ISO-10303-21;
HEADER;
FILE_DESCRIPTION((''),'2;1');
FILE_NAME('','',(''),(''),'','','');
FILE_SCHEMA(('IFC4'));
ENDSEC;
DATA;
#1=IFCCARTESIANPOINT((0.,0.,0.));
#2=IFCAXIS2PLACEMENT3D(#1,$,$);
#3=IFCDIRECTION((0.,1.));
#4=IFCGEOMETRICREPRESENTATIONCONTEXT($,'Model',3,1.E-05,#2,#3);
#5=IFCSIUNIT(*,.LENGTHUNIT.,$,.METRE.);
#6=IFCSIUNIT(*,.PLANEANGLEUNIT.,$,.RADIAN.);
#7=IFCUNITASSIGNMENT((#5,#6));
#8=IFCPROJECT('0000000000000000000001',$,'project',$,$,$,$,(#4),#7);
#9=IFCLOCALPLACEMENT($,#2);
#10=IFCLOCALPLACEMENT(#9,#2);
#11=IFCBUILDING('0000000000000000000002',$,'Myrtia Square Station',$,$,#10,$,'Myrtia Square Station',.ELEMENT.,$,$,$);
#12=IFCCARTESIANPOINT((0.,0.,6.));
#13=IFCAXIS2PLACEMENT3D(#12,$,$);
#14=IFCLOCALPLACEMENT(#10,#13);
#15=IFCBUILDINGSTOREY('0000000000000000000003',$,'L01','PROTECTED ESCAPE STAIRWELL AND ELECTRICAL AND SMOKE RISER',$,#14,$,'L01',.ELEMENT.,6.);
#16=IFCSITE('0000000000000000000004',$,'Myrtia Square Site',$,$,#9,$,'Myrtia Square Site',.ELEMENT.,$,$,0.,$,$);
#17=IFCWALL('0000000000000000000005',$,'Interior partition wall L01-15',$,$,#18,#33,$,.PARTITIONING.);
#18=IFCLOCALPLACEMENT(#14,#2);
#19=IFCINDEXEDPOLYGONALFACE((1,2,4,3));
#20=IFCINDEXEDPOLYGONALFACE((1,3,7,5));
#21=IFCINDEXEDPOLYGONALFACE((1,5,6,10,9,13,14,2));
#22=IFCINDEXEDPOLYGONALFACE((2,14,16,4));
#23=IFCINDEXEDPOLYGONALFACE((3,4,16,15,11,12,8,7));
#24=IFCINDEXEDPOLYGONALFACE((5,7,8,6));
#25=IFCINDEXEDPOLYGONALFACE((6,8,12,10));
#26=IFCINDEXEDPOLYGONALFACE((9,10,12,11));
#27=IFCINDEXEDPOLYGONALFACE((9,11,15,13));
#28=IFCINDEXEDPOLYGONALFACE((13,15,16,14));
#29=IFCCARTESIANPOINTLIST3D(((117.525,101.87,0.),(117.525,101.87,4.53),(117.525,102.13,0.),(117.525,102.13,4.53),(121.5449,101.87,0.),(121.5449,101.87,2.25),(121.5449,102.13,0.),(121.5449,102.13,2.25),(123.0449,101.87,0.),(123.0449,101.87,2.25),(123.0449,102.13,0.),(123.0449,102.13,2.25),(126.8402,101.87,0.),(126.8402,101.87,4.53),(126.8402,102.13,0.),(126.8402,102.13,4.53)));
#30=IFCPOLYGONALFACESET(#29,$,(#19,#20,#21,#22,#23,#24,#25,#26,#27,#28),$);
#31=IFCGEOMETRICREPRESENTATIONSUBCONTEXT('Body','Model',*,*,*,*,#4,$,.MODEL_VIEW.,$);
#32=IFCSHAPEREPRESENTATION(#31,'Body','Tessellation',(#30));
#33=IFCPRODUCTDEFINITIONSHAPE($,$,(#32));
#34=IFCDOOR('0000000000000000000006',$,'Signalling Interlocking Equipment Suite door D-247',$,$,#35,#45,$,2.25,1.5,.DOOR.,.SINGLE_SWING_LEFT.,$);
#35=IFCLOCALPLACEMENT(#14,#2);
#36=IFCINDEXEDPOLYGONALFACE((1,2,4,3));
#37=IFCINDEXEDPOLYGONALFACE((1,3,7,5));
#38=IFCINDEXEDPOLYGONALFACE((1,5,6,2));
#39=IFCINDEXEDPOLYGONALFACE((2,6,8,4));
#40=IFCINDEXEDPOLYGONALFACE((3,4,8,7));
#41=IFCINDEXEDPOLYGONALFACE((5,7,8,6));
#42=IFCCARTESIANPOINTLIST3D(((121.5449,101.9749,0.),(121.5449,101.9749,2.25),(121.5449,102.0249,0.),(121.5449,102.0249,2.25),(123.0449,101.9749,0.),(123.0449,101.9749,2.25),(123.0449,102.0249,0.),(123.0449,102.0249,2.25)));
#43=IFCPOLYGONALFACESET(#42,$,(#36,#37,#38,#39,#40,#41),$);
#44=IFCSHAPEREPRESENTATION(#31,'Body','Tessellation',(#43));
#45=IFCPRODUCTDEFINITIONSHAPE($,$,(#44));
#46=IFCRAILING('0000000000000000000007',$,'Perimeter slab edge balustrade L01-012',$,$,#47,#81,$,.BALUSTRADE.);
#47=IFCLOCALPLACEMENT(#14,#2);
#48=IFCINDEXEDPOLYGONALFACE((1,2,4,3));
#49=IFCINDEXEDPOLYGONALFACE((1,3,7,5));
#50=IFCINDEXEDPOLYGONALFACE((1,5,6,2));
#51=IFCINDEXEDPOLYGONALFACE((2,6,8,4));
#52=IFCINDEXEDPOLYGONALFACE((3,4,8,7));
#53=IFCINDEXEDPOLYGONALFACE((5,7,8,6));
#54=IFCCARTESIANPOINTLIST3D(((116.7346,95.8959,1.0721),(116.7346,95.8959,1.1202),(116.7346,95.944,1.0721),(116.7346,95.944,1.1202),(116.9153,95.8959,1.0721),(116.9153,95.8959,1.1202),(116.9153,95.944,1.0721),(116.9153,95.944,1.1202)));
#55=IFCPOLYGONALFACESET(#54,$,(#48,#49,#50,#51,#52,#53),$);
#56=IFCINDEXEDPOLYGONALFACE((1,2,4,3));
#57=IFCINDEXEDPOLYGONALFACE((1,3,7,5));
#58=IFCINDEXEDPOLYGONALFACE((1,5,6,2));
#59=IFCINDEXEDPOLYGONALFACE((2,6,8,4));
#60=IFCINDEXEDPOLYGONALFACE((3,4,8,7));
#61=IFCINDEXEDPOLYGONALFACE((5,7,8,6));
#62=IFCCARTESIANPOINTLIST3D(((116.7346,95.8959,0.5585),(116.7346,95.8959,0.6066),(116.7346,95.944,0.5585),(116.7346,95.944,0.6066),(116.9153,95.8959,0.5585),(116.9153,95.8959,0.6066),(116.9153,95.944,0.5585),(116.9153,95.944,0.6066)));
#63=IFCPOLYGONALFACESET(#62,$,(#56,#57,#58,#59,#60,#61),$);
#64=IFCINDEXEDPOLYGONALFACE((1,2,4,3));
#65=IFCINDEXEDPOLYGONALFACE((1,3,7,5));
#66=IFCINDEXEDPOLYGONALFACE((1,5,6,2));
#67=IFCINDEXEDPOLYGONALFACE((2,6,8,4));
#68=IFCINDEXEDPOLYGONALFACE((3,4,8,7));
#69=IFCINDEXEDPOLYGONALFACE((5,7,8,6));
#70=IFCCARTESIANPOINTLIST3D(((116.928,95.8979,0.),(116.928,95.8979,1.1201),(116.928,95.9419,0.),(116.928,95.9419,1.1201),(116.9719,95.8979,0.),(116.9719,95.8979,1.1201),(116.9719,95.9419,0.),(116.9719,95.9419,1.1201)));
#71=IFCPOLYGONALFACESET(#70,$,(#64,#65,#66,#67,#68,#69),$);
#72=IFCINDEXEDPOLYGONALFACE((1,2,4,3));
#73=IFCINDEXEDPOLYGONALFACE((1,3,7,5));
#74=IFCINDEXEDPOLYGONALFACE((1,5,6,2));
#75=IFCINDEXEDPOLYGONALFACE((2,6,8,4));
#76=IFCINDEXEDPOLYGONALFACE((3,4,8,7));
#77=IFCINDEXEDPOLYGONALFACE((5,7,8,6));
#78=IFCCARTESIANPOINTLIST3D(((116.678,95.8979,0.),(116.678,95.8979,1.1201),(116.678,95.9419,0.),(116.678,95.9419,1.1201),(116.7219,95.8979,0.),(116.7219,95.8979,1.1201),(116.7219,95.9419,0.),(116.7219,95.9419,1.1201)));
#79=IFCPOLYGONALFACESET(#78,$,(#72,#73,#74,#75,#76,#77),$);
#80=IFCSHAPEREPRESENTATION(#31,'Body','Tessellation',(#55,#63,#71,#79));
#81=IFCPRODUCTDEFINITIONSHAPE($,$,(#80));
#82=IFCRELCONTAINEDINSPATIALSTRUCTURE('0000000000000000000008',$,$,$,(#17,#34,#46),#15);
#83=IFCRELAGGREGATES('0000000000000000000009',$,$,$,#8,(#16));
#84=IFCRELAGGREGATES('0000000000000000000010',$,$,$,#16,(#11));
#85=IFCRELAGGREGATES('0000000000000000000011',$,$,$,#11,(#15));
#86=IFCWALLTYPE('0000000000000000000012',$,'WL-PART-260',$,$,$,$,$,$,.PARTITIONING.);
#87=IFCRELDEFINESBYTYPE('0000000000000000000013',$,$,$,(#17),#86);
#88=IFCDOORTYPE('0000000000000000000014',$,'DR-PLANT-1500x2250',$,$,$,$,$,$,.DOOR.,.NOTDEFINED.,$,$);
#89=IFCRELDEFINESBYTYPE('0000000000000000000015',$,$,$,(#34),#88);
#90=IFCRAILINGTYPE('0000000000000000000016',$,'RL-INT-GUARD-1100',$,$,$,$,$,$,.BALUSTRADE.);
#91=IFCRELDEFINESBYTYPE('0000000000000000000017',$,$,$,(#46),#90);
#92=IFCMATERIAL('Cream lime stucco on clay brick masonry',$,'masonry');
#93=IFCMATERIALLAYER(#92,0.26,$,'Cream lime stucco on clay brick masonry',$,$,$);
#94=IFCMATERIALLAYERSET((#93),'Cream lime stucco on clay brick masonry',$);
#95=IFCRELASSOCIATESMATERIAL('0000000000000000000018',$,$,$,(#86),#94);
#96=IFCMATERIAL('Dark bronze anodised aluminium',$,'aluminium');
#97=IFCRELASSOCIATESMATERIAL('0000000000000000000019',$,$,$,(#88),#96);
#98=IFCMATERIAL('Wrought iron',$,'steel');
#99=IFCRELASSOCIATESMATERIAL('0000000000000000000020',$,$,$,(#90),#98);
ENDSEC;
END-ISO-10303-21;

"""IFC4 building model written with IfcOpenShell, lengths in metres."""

from ifc_helpers import new_model, si_unit, direction, frame, frame_2d, origin, origin_2d, place, context, subcontext, project, spatial, rectangle, extrude, material, layer, layer_set, type_object, element, fill, save


model = new_model("IFC4")

# Units and contexts
model_context = context("Model", 3, precision=1e-05, world=origin(), true_north=direction((0.0, 1.0)))
body_context = subcontext(model_context, "Body", "Model", "MODEL_VIEW")
ifc_project = project(units=[si_unit("LENGTHUNIT", "METRE"), si_unit("PLANEANGLEUNIT", "RADIAN")], contexts=[model_context])

# Site, building, storey
site_placement = place(None, origin())
site = spatial("IfcSite", under=ifc_project, at=site_placement, Name="Myrtia Square Site", LongName="Myrtia Square Site", CompositionType="ELEMENT", RefElevation=0.0)
building_placement = place(site_placement, origin())
building = spatial("IfcBuilding", under=site, at=building_placement, Name="Myrtia Square Station", LongName="Myrtia Square Station", CompositionType="ELEMENT")
storey_placement = place(building_placement, frame((0.0, 0.0, 6.0)))
storey = spatial("IfcBuildingStorey", under=building, at=storey_placement, Name="L01", Description="PROTECTED ESCAPE STAIRWELL AND ELECTRICAL AND SMOKE RISER", LongName="L01", CompositionType="ELEMENT", Elevation=6.0)

# Shared definitions
ifc_material_1 = material(Name="Dark bronze anodised aluminium", Category="aluminium")

# Shared definitions
ifc_material_2 = material(Name="Cream lime stucco on clay brick masonry", Category="masonry")

# Wall, opening, door
ifc_layer_1 = layer(ifc_material_2, 0.26, Name="Cream lime stucco on clay brick masonry")
ifc_layer_set_1 = layer_set([ifc_layer_1], Name="Cream lime stucco on clay brick masonry")
wall_type_1 = type_object("IfcWallType", Name="WL-PART-260", PredefinedType="PARTITIONING", material=ifc_layer_set_1)
wall_1_placement = place(storey_placement, frame((117.5249, 102.0, 0.0), z_axis=(0.0, 0.0, 1.0), x_axis=(1.0, 0.0, 0.0)))
wall_1 = element("IfcWall", 1, at=wall_1_placement, inside=storey, type_object=wall_type_1, Name="Interior partition wall L01-15", PredefinedType="PARTITIONING", context=body_context, shape_type="SweptSolid", body=[
    extrude(rectangle(XDim=9.3152, YDim=0.26, at=frame_2d((4.6577, 0.0))), origin(), (0.0, 0.0, 1.0), 4.53),
])
opening_placement = place(wall_1_placement, frame((4.02, 0.0, 0.0)))
opening = element("IfcOpeningElement", 2, at=opening_placement, cuts=wall_1, PredefinedType="OPENING", context=body_context, shape_type="SweptSolid", body=[
    extrude(rectangle(XDim=1.5, YDim=2.25, at=frame_2d((0.75, 1.125))), frame((0.0, 0.145, 0.0), z_axis=(0.0, -1.0, 0.0), x_axis=(1.0, 0.0, 0.0)), (0.0, 0.0, 1.0), 0.29),
])
door_type = type_object("IfcDoorType", Name="DR-PLANT-1500x2250", OperationType="NOTDEFINED", PredefinedType="DOOR", material=ifc_material_1)
door_placement = place(opening_placement, origin())
door = element("IfcDoor", 3, at=door_placement, inside=storey, type_object=door_type, Name="Signalling Interlocking Equipment Suite door D-247", OperationType="SINGLE_SWING_LEFT", OverallHeight=2.25, OverallWidth=1.5, PredefinedType="DOOR", context=body_context, shape_type="SweptSolid", body=[
    extrude(rectangle(XDim=1.5, YDim=2.25, at=frame_2d((0.75, 1.125))), frame((0.0, 0.0249, 0.0), z_axis=(0.0, -1.0, 0.0), x_axis=(1.0, 0.0, 0.0)), (0.0, 0.0, 1.0), 0.05),
])
fill(opening, door)

# Railing
ifc_material_3 = material(Name="Wrought iron", Category="steel")
railing_type = type_object("IfcRailingType", Name="RL-INT-GUARD-1100", PredefinedType="BALUSTRADE", material=ifc_material_3)
railing_1_placement = place(storey_placement, frame((116.95, 95.9199, 0.0)))
element("IfcRailing", 4, at=railing_1_placement, inside=storey, type_object=railing_type, Name="Perimeter slab edge balustrade L01-012", PredefinedType="BALUSTRADE", context=body_context, shape_type="SweptSolid", body=[
    extrude(rectangle(XDim=0.0481, YDim=0.0481, at=origin_2d()), frame((-0.0347, 0.0, 1.0962), z_axis=(-1.0, 0.0, 0.0), x_axis=(0.0, -1.0, 0.0)), (0.0, 0.0, 1.0), 0.1807),
    extrude(rectangle(XDim=0.0481, YDim=0.0481, at=origin_2d()), frame((-0.0347, 0.0, 0.5825), z_axis=(-1.0, 0.0, 0.0), x_axis=(0.0, -1.0, 0.0)), (0.0, 0.0, 1.0), 0.1807),
    extrude(rectangle(XDim=0.0439, YDim=0.0439, at=origin_2d()), origin(), (0.0, 0.0, 1.0), 1.1201),
    extrude(rectangle(XDim=0.0439, YDim=0.0439, at=origin_2d()), frame((-0.25, 0.0, 0.0)), (0.0, 0.0, 1.0), 1.1201),
])

save(model, "model.ifc")
